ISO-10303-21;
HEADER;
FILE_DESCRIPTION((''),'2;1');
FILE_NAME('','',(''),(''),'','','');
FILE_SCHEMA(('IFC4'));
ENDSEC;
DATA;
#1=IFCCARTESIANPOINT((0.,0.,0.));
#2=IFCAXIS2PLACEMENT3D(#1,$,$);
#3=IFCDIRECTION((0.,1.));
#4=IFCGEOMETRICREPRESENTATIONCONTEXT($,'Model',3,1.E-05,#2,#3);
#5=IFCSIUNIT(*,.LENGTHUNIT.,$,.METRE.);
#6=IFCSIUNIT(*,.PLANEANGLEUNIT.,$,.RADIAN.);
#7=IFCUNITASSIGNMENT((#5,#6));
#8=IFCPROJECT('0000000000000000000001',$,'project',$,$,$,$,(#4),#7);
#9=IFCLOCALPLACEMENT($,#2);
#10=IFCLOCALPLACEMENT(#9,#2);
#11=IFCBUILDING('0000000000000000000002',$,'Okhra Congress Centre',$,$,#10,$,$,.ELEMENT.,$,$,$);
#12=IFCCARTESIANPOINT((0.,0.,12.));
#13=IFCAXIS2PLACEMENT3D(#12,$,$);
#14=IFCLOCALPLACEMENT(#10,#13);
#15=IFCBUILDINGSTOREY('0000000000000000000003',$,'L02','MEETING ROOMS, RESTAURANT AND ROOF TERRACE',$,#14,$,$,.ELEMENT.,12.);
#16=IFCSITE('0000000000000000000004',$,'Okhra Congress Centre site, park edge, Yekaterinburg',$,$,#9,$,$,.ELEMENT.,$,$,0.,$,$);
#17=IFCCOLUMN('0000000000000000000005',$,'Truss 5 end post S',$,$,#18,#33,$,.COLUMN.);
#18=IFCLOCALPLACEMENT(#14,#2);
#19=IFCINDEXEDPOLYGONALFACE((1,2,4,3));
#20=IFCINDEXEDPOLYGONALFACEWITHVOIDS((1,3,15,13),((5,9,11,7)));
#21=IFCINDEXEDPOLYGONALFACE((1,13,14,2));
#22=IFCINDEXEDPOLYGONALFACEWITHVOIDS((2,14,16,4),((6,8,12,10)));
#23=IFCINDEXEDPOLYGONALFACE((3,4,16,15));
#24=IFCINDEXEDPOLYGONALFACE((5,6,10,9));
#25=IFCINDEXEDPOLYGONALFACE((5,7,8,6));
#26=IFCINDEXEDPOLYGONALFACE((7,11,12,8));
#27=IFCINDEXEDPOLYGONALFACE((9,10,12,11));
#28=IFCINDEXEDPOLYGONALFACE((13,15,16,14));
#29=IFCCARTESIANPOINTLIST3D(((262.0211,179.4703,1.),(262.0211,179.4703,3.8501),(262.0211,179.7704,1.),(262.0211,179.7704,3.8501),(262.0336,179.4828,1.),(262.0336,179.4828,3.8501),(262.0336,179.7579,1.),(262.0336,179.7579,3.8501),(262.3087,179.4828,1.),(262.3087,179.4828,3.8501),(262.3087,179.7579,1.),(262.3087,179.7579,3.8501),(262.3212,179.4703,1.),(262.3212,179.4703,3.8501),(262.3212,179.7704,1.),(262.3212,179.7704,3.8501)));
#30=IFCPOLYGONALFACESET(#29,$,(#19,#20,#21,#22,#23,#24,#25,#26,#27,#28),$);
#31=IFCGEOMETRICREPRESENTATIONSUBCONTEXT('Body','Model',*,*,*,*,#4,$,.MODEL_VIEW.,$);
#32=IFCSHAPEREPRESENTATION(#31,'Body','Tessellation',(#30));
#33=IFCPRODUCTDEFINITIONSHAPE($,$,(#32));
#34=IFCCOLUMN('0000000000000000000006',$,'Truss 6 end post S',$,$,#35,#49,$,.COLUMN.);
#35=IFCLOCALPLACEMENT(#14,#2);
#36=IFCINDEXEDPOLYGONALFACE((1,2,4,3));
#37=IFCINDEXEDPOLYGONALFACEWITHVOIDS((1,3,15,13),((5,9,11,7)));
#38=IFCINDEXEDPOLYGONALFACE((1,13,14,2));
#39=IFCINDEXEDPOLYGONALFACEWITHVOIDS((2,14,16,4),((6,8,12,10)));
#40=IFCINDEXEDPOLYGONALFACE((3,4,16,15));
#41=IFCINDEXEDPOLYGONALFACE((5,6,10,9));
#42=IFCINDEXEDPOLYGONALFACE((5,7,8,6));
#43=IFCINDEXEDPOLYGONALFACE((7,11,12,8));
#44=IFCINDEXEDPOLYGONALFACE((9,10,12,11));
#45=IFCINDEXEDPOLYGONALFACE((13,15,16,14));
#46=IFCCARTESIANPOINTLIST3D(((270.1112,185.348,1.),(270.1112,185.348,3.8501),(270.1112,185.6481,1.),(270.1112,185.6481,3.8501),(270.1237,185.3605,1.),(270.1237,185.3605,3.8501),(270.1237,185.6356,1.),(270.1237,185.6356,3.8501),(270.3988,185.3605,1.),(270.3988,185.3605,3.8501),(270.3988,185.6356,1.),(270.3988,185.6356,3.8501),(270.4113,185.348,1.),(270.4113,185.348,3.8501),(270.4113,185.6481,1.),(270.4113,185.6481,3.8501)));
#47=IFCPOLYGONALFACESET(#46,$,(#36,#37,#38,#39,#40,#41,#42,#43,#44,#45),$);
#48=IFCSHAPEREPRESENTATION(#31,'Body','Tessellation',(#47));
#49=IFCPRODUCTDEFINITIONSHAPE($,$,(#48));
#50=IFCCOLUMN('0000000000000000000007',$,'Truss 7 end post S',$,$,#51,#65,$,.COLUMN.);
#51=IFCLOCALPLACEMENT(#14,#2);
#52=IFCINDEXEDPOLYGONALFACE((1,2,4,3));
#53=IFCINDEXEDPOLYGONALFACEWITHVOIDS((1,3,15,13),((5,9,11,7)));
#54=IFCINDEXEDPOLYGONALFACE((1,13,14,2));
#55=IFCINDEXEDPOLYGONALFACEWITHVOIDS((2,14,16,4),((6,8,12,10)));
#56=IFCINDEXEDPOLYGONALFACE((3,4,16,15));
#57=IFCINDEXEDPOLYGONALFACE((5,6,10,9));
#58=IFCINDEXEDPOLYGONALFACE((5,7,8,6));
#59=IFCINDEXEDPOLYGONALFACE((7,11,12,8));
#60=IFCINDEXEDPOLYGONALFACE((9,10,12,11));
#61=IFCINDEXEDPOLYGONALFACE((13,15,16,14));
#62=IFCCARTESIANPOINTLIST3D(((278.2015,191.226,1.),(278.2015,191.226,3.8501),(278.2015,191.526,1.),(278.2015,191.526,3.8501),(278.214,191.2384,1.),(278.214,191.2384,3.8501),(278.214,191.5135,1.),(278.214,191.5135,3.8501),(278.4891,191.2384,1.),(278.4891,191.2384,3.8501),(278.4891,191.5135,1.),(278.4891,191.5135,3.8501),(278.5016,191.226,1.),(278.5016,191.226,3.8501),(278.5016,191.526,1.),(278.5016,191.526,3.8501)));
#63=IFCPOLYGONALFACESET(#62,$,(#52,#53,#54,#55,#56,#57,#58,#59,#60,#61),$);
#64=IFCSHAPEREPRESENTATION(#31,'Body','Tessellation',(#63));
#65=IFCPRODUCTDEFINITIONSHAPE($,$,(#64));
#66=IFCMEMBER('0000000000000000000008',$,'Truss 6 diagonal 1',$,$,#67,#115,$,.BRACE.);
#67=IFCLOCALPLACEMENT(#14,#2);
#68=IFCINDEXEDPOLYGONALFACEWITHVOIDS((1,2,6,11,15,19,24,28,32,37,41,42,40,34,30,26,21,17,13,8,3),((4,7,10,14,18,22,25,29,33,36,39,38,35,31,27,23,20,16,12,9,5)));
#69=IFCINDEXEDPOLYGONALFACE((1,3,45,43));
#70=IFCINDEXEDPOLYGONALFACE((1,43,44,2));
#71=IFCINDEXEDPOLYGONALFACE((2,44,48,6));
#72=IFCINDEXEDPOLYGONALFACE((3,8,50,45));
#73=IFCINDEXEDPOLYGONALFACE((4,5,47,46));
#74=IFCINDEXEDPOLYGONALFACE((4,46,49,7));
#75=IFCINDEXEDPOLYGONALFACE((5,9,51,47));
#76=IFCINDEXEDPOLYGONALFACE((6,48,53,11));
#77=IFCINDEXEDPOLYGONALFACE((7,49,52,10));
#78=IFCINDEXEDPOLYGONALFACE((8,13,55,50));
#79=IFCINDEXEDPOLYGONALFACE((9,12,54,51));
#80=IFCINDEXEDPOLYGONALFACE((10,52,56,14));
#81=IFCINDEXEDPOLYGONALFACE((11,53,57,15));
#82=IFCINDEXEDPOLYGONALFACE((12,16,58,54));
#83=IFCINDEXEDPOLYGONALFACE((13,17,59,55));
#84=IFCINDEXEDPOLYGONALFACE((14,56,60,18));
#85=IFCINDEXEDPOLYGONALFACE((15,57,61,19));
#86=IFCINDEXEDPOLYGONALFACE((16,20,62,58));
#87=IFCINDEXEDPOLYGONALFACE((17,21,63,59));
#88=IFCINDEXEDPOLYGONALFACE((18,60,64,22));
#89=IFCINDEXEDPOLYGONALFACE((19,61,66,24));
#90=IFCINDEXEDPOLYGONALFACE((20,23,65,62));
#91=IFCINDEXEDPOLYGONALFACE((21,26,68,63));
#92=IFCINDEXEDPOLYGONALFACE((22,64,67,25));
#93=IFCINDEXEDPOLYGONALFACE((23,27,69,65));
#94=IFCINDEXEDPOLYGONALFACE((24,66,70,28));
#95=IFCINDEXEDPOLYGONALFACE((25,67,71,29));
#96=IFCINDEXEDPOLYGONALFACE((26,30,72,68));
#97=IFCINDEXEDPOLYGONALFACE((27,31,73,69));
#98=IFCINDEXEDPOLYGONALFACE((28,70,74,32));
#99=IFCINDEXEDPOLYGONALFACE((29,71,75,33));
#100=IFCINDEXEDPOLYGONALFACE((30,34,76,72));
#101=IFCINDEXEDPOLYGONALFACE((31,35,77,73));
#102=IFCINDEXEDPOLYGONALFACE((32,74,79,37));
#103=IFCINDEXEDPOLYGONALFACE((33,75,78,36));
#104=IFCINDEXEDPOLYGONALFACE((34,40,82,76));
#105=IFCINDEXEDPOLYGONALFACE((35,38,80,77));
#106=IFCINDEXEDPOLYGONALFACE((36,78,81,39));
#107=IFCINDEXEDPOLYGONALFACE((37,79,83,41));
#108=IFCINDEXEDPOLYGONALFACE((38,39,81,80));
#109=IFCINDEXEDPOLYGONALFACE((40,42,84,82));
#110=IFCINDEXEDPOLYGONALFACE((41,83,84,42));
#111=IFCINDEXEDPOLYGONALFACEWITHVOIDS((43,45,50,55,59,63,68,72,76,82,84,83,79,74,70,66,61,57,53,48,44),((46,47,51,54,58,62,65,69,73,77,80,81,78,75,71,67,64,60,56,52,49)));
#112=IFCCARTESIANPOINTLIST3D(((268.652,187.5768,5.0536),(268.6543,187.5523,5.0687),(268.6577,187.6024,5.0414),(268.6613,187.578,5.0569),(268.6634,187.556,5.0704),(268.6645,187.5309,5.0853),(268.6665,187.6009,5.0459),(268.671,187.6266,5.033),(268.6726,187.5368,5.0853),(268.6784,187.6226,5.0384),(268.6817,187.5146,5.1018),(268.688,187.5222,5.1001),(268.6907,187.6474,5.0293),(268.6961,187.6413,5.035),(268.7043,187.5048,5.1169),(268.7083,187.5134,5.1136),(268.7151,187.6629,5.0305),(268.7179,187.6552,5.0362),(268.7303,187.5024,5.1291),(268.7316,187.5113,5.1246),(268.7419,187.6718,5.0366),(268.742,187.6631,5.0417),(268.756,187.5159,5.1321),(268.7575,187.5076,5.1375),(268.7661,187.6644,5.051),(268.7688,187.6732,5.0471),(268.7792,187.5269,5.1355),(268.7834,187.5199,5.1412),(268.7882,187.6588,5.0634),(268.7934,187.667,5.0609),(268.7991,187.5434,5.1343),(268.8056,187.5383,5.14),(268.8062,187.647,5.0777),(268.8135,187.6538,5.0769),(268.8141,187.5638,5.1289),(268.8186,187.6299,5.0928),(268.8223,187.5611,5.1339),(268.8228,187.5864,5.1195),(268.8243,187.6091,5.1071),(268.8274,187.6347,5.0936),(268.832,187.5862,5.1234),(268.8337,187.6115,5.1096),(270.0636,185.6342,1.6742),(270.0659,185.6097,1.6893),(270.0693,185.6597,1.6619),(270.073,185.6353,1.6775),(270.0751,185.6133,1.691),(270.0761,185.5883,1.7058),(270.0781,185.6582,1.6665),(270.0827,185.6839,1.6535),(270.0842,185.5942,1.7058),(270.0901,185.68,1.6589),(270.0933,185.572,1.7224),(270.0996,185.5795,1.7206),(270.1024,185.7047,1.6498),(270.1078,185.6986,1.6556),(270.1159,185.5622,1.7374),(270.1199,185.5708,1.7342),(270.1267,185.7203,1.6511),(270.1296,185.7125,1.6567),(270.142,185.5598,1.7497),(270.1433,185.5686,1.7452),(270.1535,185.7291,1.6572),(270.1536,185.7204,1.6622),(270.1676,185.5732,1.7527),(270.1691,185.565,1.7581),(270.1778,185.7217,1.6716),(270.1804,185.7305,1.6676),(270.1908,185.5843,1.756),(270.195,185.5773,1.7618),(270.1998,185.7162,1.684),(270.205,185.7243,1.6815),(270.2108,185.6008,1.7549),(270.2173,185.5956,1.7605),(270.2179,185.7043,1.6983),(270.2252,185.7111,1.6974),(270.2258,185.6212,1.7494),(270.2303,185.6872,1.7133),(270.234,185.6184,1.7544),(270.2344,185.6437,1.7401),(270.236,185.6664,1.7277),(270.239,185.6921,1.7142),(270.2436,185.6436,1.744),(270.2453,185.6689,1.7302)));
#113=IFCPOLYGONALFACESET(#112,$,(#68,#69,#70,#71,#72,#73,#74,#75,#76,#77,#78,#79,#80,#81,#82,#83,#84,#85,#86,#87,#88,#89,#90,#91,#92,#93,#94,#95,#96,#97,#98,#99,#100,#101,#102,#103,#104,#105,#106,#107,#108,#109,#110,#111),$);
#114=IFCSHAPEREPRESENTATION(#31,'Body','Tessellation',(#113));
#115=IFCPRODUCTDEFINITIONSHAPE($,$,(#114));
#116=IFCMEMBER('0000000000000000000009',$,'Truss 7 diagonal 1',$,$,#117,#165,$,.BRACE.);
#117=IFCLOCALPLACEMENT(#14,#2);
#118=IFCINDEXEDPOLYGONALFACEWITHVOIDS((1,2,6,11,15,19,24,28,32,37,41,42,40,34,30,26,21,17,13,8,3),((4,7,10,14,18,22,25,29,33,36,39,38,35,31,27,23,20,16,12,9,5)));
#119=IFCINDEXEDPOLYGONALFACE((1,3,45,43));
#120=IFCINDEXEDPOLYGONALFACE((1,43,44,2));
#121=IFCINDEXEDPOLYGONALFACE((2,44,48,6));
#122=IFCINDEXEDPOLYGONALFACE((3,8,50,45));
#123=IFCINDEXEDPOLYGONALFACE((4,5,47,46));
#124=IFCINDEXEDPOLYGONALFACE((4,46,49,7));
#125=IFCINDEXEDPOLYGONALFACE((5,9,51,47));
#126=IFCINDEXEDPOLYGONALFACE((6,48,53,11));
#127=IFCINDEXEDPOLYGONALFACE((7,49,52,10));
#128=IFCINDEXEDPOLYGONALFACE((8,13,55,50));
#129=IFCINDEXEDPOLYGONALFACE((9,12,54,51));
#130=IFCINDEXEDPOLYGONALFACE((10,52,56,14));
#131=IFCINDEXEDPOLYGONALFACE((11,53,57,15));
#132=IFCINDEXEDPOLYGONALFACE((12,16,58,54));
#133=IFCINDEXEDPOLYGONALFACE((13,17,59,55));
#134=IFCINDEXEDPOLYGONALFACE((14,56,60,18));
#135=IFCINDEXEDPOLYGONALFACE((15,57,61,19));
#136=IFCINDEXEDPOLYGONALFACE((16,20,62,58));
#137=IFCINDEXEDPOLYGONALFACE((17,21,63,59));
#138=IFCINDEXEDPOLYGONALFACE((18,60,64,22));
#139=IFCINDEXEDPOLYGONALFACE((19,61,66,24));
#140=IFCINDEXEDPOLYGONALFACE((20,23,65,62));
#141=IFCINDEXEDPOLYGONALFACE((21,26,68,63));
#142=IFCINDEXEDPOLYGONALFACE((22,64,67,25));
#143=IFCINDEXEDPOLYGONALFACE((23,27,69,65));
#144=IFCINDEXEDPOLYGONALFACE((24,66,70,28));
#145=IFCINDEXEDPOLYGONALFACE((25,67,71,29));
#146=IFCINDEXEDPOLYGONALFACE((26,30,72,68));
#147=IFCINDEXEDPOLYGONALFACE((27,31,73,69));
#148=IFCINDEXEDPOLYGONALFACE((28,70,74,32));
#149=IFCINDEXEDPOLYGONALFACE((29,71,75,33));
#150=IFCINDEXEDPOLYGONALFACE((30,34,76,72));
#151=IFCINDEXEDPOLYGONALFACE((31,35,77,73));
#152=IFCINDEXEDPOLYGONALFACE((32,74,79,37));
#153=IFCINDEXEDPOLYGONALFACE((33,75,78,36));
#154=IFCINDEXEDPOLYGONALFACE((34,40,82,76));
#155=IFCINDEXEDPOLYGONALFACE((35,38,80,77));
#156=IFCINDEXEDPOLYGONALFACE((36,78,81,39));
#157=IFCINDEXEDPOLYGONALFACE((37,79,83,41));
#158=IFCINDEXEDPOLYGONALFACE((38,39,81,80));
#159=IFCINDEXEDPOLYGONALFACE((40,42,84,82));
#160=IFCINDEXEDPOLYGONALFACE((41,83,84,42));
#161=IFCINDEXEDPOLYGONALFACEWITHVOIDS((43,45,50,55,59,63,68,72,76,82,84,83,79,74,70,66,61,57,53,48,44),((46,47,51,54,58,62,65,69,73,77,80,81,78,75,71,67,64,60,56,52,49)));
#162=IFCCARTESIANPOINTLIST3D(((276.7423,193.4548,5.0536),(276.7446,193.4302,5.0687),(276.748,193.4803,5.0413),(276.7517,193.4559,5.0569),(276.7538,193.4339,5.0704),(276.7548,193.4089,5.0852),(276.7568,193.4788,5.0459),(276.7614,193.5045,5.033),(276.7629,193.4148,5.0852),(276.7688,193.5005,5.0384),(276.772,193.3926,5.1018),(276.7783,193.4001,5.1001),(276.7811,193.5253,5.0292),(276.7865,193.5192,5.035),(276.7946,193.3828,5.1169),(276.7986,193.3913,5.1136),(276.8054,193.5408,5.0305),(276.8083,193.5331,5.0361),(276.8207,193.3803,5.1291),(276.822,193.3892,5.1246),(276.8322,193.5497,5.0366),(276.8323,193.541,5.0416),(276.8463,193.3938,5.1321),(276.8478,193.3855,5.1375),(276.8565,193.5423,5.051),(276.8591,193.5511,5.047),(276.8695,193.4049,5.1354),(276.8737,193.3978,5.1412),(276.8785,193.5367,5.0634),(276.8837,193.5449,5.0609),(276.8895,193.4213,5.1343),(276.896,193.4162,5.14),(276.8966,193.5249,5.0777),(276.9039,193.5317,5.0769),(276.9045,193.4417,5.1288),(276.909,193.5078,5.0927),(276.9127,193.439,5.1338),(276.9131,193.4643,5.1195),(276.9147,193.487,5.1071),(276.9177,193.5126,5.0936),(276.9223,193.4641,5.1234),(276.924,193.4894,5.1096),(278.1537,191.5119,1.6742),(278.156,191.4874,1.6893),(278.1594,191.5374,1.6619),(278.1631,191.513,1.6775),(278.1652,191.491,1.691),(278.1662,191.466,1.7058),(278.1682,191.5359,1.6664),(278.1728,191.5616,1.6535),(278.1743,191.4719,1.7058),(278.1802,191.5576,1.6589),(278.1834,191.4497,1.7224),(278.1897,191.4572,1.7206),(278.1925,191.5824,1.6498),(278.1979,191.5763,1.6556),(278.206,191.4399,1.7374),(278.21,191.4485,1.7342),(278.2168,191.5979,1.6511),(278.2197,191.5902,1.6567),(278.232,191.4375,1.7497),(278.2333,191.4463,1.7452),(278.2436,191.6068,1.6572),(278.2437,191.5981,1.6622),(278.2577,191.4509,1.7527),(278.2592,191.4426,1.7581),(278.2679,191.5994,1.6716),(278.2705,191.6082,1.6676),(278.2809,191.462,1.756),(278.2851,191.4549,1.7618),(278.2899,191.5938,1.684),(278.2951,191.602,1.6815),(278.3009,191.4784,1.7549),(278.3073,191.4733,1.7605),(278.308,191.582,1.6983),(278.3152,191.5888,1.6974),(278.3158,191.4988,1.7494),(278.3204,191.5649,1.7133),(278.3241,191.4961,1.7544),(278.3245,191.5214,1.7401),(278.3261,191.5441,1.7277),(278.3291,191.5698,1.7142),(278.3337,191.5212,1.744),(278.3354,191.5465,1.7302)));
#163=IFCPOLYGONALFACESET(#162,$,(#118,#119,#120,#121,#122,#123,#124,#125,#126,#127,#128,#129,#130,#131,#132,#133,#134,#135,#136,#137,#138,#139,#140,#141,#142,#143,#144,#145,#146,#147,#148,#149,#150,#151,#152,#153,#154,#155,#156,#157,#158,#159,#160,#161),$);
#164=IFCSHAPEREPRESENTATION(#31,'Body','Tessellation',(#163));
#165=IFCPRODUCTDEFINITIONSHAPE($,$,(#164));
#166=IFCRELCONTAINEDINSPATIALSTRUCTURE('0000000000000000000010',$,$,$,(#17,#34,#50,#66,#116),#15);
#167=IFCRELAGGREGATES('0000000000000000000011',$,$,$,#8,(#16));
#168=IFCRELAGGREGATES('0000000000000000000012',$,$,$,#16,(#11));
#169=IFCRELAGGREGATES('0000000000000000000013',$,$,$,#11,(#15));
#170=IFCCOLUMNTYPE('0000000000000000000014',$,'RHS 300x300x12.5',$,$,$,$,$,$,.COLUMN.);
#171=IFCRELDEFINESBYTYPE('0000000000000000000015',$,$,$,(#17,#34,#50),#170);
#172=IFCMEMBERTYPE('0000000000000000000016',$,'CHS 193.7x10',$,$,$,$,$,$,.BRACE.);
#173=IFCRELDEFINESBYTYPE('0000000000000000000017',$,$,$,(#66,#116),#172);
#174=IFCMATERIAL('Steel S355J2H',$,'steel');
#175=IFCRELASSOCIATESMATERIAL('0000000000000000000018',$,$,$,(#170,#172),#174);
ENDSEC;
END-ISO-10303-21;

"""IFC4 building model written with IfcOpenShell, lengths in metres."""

from ifc_helpers import new_model, si_unit, direction, frame, origin, origin_2d, place, context, subcontext, project, spatial, hollow_rectangle, hollow_circle, extrude, material, material_profile, profile_set, type_object, element, save


model = new_model("IFC4")

# Units and contexts
model_context = context("Model", 3, precision=1e-05, world=origin(), true_north=direction((0.0, 1.0)))
body_context = subcontext(model_context, "Body", "Model", "MODEL_VIEW")
ifc_project = project(units=[si_unit("LENGTHUNIT", "METRE"), si_unit("PLANEANGLEUNIT", "RADIAN")], contexts=[model_context])

# Site, building, storey
site_placement = place(None, origin())
site = spatial("IfcSite", under=ifc_project, at=site_placement, Name="Okhra Congress Centre site, park edge, Yekaterinburg", CompositionType="ELEMENT", RefElevation=0.0)
building_placement = place(site_placement, origin())
building = spatial("IfcBuilding", under=site, at=building_placement, Name="Okhra Congress Centre", CompositionType="ELEMENT")
storey_placement = place(building_placement, frame((0.0, 0.0, 12.0)))
storey = spatial("IfcBuildingStorey", under=building, at=storey_placement, Name="L02", Description="MEETING ROOMS, RESTAURANT AND ROOF TERRACE", CompositionType="ELEMENT", Elevation=12.0)

# Columns
ifc_material_1 = material(Name="Steel S355J2H", Category="steel")
ifc_material_profile_1 = material_profile(ifc_material_1, hollow_rectangle(XDim=0.3, YDim=0.3, WallThickness=0.0125, at=origin_2d()), Name="RHS 300x300x12.5")
ifc_profile_set_1 = profile_set([ifc_material_profile_1], Name="Steel S355J2H")
column_type = type_object("IfcColumnType", Name="RHS 300x300x12.5", PredefinedType="COLUMN", material=ifc_profile_set_1)
for number, where, z_axis, x_axis, name in (
    (1, (262.1711, 179.6204, 1.0), (0.0, 0.0, 1.0), (1.0, 0.0, 0.0), "Truss 5 end post S"),
    (2, (270.2612, 185.498, 1.0), (0.0, 0.0, 1.0), (1.0, 0.0, 0.0), "Truss 6 end post S"),
    (3, (278.3516, 191.376, 1.0), (0.0, 0.0, 1.0), (1.0, 0.0, 0.0), "Truss 7 end post S"),
):
    element("IfcColumn", number, at=place(storey_placement, frame(where, z_axis=z_axis, x_axis=x_axis)), inside=storey, type_object=column_type, Name=name, PredefinedType="COLUMN", context=body_context, shape_type="SweptSolid", body=[
        extrude(hollow_rectangle(XDim=0.3, YDim=0.3, WallThickness=0.0125, at=origin_2d()), origin(), (0.0, 0.0, 1.0), 2.8501),
    ])

# Members
ifc_material_profile_2 = material_profile(ifc_material_1, hollow_circle(Radius=0.0969, WallThickness=0.01, at=origin_2d()), Name="CHS 193.7x10")
ifc_profile_set_2 = profile_set([ifc_material_profile_2], Name="Steel S355J2H")
member_type_1 = type_object("IfcMemberType", Name="CHS 193.7x10", PredefinedType="BRACE", material=ifc_profile_set_2)
for number, where, z_axis, x_axis, name in (
    (4, (270.1545, 185.6453, 1.7058), (-0.340503, 0.468589, 0.815158), (-0.808973, -0.587845, 0.0), "Truss 6 diagonal 1"),
    (5, (278.2446, 191.5229, 1.7058), (-0.340441, 0.468644, 0.815152), (-0.809057, -0.58773, 0.0), "Truss 7 diagonal 1"),
):
    element("IfcMember", number, at=place(storey_placement, frame(where, z_axis=z_axis, x_axis=x_axis)), inside=storey, type_object=member_type_1, Name=name, PredefinedType="BRACE", context=body_context, shape_type="SweptSolid", body=[
        extrude(hollow_circle(Radius=0.0969, WallThickness=0.01, at=origin_2d()), origin(), (0.0, 0.0, 1.0), 4.1458),
    ])

save(model, "model.ifc")
